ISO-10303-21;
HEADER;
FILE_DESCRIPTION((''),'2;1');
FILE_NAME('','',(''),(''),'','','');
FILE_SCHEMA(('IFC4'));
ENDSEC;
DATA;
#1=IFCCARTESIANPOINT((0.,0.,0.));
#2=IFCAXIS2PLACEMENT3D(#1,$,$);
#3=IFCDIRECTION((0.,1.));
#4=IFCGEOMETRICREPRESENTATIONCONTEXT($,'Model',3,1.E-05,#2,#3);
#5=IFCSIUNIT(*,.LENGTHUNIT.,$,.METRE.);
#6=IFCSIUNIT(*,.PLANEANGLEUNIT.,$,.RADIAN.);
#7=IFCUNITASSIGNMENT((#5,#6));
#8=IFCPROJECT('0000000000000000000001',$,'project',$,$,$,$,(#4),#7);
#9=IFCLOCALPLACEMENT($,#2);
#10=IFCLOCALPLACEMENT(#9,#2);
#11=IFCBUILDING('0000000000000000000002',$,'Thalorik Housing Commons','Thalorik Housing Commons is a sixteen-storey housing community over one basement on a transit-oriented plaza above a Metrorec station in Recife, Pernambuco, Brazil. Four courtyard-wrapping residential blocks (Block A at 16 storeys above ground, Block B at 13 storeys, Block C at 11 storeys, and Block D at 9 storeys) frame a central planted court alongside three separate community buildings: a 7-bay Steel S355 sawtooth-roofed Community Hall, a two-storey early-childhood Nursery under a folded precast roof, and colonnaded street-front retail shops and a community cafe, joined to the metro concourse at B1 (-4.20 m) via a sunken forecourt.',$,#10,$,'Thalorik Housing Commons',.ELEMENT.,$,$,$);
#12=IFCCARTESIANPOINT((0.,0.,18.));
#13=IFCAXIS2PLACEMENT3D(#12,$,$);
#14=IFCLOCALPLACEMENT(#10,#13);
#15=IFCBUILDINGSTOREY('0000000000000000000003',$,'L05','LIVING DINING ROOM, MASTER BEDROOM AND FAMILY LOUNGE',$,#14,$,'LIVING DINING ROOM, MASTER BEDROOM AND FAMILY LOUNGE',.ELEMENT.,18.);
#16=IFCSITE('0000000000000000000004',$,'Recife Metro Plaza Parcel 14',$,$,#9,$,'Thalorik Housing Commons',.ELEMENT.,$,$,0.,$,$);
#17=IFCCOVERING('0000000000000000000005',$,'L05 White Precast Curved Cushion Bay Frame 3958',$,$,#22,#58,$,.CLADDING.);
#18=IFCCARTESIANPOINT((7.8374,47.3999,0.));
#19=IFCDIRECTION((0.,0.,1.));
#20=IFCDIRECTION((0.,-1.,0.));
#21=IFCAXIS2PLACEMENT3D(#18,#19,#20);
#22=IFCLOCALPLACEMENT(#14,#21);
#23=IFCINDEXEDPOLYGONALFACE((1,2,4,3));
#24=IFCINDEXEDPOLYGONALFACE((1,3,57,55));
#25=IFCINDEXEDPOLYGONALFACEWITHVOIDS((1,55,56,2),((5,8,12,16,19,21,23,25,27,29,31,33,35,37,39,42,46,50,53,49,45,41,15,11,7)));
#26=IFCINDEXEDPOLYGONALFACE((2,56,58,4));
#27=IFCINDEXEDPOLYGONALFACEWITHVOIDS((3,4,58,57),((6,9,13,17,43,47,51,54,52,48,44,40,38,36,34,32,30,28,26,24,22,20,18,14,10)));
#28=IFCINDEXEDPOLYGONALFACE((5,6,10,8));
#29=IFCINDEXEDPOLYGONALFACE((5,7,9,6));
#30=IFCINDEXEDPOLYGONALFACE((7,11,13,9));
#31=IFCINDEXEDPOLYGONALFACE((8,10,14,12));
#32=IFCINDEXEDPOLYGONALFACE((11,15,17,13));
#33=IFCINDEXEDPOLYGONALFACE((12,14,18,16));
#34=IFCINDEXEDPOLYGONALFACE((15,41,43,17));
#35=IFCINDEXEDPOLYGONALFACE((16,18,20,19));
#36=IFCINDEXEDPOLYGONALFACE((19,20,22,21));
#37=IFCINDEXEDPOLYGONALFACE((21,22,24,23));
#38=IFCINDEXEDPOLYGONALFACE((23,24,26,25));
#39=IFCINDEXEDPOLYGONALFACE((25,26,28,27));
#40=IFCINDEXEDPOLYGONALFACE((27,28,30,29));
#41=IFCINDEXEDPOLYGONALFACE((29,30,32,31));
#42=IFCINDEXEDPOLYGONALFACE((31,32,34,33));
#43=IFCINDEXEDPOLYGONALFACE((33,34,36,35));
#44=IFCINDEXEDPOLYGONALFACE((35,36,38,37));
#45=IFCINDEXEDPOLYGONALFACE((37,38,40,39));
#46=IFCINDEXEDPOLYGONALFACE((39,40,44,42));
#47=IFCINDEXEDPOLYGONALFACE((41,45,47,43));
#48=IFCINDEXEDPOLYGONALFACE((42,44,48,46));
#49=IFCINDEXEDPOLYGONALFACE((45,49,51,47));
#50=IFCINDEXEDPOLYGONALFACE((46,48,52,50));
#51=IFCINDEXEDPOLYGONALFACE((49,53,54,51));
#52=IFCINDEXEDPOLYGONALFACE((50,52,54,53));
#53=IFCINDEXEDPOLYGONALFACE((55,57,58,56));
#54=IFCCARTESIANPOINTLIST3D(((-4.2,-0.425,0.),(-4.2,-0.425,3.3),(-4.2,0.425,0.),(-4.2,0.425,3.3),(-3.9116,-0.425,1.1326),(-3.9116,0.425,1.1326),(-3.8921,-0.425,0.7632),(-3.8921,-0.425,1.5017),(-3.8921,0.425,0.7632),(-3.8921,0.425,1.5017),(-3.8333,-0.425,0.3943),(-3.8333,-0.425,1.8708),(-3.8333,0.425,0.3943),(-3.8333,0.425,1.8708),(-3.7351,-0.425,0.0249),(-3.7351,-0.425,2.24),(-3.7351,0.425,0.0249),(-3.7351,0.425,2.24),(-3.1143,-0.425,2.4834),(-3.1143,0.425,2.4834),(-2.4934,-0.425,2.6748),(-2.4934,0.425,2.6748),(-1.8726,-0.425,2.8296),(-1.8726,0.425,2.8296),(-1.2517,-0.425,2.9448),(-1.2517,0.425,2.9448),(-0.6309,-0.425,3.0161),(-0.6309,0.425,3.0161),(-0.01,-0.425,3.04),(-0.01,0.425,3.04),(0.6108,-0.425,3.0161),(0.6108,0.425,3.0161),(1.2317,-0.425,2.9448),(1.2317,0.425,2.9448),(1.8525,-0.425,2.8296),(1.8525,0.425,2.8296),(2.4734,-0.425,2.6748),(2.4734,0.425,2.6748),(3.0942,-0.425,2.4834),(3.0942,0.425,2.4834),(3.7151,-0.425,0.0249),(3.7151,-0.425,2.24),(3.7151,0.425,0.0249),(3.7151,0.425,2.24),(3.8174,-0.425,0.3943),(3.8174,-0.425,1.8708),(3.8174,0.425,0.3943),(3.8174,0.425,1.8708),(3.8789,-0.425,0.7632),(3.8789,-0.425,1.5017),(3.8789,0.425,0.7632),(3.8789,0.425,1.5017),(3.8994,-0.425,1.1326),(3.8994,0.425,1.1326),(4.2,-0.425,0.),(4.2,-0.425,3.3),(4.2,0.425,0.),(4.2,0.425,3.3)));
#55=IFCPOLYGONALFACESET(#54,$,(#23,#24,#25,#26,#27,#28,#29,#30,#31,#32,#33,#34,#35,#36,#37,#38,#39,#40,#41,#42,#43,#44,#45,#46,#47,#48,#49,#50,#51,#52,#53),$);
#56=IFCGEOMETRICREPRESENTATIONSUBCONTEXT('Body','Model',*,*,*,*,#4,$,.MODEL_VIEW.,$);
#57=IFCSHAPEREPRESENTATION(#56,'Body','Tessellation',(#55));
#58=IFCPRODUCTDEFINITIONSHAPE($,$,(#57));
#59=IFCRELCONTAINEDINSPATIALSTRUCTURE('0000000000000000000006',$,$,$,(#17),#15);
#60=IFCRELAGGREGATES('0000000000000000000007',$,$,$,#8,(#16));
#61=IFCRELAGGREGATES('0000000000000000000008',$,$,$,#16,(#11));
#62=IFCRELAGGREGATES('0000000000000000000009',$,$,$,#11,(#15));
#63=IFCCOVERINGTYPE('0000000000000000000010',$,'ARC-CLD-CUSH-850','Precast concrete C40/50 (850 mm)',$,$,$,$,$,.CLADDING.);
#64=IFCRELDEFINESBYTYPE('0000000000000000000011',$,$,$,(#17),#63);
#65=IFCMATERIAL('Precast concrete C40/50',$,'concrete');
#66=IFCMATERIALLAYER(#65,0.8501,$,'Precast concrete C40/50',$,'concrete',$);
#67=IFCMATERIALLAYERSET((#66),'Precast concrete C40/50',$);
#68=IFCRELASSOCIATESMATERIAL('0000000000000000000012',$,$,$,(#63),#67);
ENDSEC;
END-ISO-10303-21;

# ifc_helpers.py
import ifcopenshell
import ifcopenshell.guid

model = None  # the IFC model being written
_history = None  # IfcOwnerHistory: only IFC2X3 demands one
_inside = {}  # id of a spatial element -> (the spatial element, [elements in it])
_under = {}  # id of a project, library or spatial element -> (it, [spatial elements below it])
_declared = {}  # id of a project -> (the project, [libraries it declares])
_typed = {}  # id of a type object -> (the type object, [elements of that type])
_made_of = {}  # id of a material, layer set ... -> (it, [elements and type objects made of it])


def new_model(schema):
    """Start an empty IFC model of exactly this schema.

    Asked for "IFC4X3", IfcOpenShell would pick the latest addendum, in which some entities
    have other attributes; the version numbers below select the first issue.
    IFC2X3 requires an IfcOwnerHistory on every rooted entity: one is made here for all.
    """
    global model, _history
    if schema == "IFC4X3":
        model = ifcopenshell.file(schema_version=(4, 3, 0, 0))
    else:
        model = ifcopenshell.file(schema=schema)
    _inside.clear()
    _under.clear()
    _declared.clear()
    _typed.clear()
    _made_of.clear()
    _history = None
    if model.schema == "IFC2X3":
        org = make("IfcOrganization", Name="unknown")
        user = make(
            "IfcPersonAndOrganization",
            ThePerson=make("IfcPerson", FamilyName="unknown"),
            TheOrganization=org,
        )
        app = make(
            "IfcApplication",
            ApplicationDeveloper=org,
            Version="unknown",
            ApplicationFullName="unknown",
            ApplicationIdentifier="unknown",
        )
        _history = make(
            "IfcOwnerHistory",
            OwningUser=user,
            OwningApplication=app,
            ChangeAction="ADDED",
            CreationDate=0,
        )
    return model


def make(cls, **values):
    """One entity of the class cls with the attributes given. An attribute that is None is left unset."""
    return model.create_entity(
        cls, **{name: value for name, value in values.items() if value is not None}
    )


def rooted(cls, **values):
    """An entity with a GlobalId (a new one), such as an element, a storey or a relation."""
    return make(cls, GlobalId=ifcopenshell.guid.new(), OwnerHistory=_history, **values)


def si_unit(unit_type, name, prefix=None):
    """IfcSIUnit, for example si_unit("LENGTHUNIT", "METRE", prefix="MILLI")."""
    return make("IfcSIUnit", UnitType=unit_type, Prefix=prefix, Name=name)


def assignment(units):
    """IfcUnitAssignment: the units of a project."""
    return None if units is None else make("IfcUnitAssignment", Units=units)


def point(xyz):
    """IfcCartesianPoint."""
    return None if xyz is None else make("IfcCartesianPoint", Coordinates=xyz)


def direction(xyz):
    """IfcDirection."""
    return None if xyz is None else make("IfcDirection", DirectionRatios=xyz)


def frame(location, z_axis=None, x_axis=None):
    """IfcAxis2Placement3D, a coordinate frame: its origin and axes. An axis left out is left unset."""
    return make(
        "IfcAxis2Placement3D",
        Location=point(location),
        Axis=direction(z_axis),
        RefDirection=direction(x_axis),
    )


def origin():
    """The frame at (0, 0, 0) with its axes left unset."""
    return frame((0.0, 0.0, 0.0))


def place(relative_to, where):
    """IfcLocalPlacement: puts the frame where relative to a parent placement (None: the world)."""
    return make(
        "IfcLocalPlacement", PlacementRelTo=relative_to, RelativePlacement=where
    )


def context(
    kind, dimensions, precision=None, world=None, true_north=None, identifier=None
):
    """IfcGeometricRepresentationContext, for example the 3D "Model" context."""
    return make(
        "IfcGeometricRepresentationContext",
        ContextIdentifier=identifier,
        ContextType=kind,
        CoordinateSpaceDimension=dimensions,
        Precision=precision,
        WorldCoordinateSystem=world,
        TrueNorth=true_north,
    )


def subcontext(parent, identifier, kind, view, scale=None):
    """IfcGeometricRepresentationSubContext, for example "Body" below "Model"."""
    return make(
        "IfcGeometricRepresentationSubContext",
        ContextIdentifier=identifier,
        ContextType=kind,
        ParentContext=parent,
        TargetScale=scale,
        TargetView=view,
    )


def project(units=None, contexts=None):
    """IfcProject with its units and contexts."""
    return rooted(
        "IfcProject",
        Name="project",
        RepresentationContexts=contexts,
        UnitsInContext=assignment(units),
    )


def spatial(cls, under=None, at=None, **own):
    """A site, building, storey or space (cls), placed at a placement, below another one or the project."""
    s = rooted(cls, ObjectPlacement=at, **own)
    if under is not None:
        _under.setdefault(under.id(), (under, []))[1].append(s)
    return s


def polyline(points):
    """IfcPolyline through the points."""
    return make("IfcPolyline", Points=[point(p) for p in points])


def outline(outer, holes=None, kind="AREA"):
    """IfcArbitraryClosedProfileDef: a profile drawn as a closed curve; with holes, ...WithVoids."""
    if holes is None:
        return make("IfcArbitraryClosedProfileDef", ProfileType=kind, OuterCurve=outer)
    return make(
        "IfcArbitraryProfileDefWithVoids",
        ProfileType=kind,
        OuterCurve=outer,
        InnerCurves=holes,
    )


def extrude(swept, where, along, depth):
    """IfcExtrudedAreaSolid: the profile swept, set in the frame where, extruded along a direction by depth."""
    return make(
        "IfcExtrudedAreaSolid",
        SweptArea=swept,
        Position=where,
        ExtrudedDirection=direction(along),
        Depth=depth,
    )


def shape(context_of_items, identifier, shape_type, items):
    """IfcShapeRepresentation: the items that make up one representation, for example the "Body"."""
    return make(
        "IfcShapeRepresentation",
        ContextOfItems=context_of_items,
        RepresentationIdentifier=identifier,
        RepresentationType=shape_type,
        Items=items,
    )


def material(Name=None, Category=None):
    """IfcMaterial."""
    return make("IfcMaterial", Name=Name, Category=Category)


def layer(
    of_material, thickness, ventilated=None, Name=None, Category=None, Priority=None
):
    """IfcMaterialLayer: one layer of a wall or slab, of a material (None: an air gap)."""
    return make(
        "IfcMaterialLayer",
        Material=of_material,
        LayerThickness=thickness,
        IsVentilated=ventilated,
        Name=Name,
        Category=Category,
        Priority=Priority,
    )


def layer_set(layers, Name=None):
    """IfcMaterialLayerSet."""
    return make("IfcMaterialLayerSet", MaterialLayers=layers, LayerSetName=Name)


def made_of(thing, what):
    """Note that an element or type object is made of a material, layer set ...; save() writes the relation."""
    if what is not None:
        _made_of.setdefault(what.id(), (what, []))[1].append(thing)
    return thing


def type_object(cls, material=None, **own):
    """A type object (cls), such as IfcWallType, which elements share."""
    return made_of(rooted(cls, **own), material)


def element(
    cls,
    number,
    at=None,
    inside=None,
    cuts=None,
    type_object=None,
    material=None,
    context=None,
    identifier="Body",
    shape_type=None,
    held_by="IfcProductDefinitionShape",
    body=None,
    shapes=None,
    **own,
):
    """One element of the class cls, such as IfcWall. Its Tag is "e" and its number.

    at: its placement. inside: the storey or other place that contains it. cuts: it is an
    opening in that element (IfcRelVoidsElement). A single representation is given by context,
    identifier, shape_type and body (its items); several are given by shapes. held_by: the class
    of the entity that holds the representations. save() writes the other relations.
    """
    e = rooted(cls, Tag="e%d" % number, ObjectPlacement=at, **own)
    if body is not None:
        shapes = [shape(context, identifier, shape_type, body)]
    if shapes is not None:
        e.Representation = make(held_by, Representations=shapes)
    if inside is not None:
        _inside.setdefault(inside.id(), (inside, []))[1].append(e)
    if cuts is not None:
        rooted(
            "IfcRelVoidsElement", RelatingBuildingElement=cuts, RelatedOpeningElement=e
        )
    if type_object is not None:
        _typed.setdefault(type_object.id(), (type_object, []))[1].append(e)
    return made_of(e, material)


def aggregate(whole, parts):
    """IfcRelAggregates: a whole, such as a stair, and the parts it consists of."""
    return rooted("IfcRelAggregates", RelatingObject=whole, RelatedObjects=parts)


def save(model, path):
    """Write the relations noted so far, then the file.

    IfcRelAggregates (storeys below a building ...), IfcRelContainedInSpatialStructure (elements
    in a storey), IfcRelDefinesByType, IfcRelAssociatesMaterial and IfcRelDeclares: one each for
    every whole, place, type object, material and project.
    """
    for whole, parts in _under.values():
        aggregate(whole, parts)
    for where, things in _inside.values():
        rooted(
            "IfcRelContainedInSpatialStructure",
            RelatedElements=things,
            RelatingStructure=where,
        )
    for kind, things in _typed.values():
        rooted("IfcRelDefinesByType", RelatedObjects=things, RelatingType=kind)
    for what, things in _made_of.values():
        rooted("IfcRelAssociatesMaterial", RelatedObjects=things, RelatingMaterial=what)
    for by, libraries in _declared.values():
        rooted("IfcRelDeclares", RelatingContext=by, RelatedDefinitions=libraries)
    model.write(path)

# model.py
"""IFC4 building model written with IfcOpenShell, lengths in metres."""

from ifc_helpers import new_model, si_unit, direction, frame, origin, place, context, subcontext, project, spatial, polyline, outline, extrude, material, layer, layer_set, type_object, element, save


model = new_model("IFC4")

# Units and contexts
model_context = context("Model", 3, precision=1e-05, world=origin(), true_north=direction((0.0, 1.0)))
body_context = subcontext(model_context, "Body", "Model", "MODEL_VIEW")
ifc_project = project(units=[si_unit("LENGTHUNIT", "METRE"), si_unit("PLANEANGLEUNIT", "RADIAN")], contexts=[model_context])

# Site, building, storey
site_placement = place(None, origin())
site = spatial("IfcSite", under=ifc_project, at=site_placement, Name="Recife Metro Plaza Parcel 14", LongName="Thalorik Housing Commons", CompositionType="ELEMENT", RefElevation=0.0)
building_placement = place(site_placement, origin())
building = spatial("IfcBuilding", under=site, at=building_placement, Name="Thalorik Housing Commons", Description="Thalorik Housing Commons is a sixteen-storey housing community over one basement on a transit-oriented plaza above a Metrorec station in Recife, Pernambuco, Brazil. Four courtyard-wrapping residential blocks (Block A at 16 storeys above ground, Block B at 13 storeys, Block C at 11 storeys, and Block D at 9 storeys) frame a central planted court alongside three separate community buildings: a 7-bay Steel S355 sawtooth-roofed Community Hall, a two-storey early-childhood Nursery under a folded precast roof, and colonnaded street-front retail shops and a community cafe, joined to the metro concourse at B1 (-4.20 m) via a sunken forecourt.", LongName="Thalorik Housing Commons", CompositionType="ELEMENT")
storey_placement = place(building_placement, frame((0.0, 0.0, 18.0)))
storey = spatial("IfcBuildingStorey", under=building, at=storey_placement, Name="L05", Description="LIVING DINING ROOM, MASTER BEDROOM AND FAMILY LOUNGE", LongName="LIVING DINING ROOM, MASTER BEDROOM AND FAMILY LOUNGE", CompositionType="ELEMENT", Elevation=18.0)

# Shared definitions
ifc_material_1 = material(Name="Precast concrete C40/50", Category="concrete")

# Covering
ifc_layer_1 = layer(ifc_material_1, 0.8501, Name="Precast concrete C40/50", Category="concrete")
ifc_layer_set_1 = layer_set([ifc_layer_1], Name="Precast concrete C40/50")
covering_type_1 = type_object("IfcCoveringType", Name="ARC-CLD-CUSH-850", Description="Precast concrete C40/50 (850 mm)", PredefinedType="CLADDING", material=ifc_layer_set_1)
covering_1_placement = place(storey_placement, frame((7.8374, 47.3999, 0.0), z_axis=(0.0, 0.0, 1.0), x_axis=(0.0, -1.0, 0.0)))
element("IfcCovering", 1, at=covering_1_placement, inside=storey, type_object=covering_type_1, Name="L05 White Precast Curved Cushion Bay Frame 3958", PredefinedType="CLADDING", context=body_context, shape_type="SweptSolid", body=[
    extrude(outline(polyline([(-4.2, 0.0), (4.2, 0.0), (4.2, 3.3), (-4.2, 3.3), (-4.2, 0.0)]), holes=[polyline([(3.7151, 0.0249), (3.8174, 0.3943), (3.8789, 0.7632), (3.8994, 1.1326), (3.8789, 1.5017), (3.8174, 1.8708), (3.7151, 2.24), (3.0942, 2.4834), (2.4734, 2.6748), (1.8525, 2.8296), (1.2317, 2.9448), (0.6108, 3.0161), (-0.01, 3.04), (-0.6309, 3.0161), (-1.2517, 2.9448), (-1.8726, 2.8296), (-2.4934, 2.6748), (-3.1143, 2.4834), (-3.7351, 2.24), (-3.8333, 1.8708), (-3.8921, 1.5017), (-3.9116, 1.1326), (-3.8921, 0.7632), (-3.8333, 0.3943), (-3.7351, 0.0249), (3.7151, 0.0249)])]), frame((0.0, 0.425, 0.0), z_axis=(0.0, -1.0, 0.0), x_axis=(1.0, 0.0, 0.0)), (0.0, 0.0, 1.0), 0.8501),
])

save(model, "model.ifc")
